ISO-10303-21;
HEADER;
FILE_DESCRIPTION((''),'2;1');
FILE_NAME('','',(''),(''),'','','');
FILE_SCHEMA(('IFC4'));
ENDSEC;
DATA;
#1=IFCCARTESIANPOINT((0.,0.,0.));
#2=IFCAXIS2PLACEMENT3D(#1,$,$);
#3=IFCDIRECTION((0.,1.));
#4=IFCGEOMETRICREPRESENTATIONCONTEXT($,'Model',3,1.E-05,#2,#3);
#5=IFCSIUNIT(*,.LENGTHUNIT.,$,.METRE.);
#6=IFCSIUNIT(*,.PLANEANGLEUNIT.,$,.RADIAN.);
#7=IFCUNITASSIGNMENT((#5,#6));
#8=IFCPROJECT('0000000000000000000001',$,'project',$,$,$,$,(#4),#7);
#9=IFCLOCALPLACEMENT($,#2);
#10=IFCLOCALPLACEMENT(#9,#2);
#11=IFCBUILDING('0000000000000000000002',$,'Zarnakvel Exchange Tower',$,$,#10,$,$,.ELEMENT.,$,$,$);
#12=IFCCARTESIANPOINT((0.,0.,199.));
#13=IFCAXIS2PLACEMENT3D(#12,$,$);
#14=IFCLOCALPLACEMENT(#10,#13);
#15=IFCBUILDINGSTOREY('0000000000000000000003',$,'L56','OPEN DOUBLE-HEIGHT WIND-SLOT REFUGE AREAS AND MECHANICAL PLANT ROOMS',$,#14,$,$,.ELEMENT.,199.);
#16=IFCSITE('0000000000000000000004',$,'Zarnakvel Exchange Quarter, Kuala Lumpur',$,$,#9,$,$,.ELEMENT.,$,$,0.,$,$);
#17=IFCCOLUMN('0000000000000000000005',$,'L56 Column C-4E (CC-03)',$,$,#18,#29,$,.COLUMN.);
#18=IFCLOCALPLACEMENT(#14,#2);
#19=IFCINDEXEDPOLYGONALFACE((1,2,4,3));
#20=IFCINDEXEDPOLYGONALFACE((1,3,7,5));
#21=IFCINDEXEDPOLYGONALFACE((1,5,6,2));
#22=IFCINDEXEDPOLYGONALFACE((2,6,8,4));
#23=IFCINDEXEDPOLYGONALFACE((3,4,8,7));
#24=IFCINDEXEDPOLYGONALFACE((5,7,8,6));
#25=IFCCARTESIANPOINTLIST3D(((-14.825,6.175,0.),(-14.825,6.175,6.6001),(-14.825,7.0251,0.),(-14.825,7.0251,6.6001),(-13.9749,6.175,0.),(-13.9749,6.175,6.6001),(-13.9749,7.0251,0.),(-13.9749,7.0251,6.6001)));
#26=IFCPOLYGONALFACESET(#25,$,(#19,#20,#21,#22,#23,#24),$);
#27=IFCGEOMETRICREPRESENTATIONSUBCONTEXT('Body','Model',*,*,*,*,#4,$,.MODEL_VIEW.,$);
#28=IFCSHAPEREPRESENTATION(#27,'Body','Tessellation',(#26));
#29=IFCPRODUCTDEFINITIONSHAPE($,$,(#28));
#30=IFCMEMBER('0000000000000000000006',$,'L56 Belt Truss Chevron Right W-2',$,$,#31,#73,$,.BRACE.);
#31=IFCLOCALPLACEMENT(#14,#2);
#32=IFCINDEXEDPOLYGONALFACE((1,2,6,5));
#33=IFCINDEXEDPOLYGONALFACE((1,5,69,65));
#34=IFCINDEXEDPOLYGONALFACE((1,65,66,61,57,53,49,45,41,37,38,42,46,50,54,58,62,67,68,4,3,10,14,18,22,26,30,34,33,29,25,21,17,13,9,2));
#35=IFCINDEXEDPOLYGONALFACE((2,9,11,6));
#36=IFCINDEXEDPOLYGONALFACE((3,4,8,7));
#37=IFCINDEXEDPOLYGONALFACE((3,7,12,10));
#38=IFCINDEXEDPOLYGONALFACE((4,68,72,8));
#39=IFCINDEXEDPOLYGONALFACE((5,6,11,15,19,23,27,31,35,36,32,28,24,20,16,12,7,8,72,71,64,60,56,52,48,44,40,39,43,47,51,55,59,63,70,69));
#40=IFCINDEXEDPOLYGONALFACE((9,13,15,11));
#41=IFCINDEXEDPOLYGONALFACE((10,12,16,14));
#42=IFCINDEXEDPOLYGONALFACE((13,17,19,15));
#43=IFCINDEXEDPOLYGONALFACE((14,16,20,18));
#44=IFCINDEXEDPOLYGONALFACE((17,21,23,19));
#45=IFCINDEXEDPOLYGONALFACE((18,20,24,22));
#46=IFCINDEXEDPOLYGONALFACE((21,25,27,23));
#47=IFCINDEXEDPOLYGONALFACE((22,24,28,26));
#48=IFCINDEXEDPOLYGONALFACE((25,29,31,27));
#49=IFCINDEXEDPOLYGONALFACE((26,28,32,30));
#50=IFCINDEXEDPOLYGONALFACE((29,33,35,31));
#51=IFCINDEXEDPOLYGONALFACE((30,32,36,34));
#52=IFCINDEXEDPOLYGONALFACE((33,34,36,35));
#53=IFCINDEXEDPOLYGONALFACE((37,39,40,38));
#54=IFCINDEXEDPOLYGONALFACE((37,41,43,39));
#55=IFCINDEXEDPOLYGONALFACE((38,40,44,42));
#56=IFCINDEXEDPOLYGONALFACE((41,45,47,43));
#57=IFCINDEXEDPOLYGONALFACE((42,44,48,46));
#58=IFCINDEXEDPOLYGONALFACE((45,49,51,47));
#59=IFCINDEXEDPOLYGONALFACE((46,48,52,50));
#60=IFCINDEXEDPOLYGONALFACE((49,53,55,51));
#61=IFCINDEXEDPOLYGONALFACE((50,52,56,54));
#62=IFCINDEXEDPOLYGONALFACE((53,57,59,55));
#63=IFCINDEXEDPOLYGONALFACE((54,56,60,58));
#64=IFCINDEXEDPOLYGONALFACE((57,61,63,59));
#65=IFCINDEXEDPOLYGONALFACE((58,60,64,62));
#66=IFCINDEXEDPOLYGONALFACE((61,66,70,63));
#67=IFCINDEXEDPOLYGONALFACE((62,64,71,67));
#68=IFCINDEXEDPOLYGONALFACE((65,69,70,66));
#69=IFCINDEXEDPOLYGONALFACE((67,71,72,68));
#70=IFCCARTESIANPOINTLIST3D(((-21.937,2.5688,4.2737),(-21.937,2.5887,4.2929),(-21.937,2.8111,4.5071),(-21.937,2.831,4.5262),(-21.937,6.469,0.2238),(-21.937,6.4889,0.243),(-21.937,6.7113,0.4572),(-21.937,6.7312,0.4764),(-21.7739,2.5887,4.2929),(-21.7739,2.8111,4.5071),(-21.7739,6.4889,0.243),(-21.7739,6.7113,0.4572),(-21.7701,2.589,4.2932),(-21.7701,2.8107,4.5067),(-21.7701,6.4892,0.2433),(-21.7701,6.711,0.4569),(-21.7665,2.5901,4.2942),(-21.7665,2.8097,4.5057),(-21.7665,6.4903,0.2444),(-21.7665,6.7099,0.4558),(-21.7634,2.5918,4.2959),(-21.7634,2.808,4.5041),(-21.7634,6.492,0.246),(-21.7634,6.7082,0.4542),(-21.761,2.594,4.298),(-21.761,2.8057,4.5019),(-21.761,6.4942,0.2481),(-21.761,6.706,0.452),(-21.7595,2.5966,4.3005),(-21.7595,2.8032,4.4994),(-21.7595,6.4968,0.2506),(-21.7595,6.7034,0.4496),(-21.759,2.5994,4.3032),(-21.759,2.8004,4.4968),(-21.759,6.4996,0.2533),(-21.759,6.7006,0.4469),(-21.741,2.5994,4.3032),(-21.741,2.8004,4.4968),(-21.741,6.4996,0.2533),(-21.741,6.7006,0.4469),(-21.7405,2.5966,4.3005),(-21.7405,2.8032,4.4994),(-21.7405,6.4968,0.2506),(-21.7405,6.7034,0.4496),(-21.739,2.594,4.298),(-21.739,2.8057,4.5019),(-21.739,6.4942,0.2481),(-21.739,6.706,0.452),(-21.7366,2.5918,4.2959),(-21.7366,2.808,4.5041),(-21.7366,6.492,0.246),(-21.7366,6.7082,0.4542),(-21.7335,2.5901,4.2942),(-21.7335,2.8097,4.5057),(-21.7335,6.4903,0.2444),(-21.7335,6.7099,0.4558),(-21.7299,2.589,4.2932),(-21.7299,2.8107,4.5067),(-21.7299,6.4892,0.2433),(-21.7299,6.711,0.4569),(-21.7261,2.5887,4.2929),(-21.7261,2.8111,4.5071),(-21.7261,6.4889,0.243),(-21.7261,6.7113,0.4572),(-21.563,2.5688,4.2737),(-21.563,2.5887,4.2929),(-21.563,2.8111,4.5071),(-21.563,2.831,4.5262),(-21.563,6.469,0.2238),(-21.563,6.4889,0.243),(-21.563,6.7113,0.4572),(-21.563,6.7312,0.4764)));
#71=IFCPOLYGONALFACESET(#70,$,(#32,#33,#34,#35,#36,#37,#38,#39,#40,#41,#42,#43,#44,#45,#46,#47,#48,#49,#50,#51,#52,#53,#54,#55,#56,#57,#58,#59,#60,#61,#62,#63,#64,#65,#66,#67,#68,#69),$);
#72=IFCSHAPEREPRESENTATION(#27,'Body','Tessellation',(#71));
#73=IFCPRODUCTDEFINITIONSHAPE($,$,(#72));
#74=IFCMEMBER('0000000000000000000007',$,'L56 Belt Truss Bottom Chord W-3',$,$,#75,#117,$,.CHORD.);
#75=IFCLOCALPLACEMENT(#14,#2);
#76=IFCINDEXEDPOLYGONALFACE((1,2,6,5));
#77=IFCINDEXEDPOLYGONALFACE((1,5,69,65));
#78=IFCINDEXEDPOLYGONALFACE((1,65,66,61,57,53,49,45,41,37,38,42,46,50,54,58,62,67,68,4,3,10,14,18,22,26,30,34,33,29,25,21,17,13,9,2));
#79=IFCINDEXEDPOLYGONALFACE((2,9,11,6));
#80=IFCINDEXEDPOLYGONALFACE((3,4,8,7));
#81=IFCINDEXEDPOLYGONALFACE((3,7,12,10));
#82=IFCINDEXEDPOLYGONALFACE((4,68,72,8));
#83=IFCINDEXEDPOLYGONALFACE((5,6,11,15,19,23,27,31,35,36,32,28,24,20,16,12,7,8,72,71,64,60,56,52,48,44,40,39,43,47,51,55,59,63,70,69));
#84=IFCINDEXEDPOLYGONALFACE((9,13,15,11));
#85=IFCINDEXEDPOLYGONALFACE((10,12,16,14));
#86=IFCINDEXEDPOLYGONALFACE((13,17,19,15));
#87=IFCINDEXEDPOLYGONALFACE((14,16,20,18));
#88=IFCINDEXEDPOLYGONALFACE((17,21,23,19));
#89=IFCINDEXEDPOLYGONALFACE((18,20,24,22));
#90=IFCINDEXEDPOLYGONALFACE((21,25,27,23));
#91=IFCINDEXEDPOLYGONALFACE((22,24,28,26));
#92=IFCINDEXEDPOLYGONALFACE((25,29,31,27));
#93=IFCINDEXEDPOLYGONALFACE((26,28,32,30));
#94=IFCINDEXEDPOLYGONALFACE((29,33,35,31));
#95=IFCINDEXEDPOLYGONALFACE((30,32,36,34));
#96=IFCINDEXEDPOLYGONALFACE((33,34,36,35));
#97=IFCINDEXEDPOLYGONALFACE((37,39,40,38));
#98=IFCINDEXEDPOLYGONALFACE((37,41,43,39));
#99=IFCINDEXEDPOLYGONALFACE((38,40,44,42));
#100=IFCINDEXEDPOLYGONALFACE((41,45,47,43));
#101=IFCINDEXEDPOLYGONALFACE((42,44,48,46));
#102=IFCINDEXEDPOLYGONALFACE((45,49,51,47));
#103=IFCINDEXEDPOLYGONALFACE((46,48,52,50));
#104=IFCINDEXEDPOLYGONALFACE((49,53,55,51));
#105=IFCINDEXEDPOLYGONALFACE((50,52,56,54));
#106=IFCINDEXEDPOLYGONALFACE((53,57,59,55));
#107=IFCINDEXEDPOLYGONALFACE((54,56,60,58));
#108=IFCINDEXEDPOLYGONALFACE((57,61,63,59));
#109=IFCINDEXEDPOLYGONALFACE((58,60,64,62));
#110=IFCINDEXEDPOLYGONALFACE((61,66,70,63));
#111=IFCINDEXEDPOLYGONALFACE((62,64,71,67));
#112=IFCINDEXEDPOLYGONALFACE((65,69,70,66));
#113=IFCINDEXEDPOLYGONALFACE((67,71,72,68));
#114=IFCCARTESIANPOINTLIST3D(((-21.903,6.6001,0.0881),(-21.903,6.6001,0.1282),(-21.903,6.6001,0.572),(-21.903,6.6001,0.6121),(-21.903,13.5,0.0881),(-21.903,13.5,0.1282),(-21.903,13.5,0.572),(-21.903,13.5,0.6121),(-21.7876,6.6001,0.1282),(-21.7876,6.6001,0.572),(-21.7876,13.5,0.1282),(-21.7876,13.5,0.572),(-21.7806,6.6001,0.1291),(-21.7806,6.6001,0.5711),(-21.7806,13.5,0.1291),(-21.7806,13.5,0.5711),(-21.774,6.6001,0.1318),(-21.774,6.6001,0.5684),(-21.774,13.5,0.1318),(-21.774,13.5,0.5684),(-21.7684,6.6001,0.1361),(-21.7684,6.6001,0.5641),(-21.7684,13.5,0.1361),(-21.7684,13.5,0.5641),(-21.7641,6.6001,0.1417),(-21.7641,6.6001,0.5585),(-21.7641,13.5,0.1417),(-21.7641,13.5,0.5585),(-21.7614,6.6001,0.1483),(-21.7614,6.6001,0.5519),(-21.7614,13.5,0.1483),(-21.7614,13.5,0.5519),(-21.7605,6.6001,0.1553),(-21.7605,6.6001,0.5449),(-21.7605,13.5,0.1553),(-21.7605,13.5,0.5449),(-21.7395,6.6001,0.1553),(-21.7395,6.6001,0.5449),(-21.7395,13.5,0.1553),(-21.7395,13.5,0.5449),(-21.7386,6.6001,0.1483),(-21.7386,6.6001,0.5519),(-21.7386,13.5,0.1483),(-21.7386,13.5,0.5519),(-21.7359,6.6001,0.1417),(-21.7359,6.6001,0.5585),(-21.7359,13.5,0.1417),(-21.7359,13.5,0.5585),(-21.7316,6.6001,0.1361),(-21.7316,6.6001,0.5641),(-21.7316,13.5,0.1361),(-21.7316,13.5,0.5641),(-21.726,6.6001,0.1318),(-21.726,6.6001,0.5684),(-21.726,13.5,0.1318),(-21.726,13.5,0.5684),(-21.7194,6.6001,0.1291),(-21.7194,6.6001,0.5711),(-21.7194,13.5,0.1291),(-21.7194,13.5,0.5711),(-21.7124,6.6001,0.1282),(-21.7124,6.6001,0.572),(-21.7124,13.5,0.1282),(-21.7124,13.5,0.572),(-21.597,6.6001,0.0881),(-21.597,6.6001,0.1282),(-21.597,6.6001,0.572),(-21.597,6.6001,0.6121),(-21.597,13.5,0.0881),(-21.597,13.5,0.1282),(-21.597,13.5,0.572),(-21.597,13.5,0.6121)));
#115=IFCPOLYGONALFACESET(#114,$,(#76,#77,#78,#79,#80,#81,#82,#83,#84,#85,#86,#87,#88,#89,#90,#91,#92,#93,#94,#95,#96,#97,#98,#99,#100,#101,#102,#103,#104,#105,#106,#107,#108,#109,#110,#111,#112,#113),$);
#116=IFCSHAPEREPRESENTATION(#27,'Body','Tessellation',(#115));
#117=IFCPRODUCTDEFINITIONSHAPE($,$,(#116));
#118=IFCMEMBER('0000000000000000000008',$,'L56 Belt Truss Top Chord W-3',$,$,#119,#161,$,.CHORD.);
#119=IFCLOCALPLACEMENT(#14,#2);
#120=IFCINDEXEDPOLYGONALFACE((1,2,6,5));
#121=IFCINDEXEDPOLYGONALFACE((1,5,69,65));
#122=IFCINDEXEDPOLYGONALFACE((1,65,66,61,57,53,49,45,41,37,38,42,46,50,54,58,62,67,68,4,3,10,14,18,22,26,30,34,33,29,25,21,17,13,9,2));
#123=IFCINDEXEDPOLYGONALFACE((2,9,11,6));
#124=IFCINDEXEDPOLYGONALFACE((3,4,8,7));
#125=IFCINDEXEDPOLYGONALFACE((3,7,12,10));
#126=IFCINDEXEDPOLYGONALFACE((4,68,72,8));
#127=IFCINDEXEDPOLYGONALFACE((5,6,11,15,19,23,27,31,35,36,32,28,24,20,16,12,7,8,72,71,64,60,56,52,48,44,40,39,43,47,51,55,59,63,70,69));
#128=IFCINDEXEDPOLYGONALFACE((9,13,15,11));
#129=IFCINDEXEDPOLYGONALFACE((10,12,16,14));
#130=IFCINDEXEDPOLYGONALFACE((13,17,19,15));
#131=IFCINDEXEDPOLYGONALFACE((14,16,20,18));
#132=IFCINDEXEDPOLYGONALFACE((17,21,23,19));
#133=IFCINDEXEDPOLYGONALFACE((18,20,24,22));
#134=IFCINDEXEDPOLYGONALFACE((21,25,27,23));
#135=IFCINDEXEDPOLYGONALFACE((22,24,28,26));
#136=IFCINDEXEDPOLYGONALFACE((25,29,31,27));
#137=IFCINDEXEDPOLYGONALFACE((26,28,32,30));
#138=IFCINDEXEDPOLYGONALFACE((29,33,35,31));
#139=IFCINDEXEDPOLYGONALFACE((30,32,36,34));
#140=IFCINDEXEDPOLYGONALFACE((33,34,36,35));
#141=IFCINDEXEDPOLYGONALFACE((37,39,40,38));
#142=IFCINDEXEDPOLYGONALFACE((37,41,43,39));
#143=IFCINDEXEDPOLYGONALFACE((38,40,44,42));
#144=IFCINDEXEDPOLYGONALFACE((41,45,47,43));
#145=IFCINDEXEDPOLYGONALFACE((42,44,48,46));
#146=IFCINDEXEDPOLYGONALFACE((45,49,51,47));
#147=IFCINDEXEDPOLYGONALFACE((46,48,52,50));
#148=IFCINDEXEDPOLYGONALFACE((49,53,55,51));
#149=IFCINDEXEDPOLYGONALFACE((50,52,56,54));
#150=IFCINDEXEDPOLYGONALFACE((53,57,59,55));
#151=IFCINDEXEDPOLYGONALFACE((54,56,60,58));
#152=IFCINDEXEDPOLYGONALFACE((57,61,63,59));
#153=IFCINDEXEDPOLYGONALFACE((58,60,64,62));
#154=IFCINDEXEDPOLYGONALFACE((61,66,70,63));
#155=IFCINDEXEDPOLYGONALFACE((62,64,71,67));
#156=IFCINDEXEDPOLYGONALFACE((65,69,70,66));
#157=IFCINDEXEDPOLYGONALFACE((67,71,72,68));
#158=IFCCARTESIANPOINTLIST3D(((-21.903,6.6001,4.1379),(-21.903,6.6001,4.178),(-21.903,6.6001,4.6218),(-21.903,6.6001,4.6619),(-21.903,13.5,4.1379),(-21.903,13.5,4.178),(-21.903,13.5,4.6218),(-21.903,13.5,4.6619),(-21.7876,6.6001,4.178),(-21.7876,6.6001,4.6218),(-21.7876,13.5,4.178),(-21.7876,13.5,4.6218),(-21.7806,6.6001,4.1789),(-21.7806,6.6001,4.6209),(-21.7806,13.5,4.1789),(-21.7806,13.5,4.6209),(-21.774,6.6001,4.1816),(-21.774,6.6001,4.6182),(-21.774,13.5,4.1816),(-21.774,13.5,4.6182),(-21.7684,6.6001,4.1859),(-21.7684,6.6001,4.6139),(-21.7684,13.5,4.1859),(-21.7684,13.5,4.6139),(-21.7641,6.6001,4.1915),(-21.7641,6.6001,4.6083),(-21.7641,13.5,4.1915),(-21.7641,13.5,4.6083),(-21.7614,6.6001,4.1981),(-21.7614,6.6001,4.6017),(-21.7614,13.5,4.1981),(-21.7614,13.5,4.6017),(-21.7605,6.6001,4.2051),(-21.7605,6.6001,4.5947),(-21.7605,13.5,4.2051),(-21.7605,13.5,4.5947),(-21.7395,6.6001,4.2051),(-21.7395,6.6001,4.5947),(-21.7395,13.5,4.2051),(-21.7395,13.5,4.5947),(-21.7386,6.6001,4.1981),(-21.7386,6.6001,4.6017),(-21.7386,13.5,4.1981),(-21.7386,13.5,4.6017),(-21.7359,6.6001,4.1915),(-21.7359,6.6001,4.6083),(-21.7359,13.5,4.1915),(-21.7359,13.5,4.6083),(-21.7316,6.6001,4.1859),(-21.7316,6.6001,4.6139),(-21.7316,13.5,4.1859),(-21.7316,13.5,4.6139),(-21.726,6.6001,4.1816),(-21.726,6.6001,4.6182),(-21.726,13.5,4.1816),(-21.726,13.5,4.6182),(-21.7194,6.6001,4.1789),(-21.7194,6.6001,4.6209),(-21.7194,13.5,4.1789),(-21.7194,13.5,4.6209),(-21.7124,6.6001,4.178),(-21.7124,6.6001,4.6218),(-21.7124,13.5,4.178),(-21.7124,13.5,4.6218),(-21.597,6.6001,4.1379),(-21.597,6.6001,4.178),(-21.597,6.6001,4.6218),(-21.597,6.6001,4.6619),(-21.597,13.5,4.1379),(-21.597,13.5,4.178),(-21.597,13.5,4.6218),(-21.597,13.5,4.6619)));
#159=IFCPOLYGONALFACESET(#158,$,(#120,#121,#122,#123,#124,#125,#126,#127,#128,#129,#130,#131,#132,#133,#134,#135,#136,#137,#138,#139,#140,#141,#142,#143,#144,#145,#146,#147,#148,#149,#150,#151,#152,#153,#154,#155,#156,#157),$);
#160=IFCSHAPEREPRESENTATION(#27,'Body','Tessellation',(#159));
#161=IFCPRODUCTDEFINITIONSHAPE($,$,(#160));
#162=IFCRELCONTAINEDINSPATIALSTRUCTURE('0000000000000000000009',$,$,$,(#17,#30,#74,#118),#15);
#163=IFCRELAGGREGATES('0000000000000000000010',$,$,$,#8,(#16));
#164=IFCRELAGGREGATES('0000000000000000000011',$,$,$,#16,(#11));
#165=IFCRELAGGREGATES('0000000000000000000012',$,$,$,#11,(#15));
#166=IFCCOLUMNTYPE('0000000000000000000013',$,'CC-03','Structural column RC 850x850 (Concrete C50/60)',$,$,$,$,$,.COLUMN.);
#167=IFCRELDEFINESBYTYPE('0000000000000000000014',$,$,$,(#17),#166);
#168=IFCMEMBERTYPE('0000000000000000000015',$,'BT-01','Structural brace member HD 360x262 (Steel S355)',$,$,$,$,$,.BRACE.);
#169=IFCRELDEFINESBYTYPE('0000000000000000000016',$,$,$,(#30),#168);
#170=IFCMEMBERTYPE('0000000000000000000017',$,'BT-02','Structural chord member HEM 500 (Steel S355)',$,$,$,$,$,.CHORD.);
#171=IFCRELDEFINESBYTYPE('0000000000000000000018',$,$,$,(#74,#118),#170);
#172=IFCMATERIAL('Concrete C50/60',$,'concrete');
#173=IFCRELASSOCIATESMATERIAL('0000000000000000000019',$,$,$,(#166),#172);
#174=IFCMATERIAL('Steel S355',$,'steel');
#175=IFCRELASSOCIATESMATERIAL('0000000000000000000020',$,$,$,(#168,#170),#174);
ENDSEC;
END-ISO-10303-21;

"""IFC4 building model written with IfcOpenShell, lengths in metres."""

from ifc_helpers import new_model, si_unit, direction, frame, origin, origin_2d, place, context, subcontext, project, spatial, rectangle, i_section, extrude, source, transform, mapped, material, material_profile, profile_set, type_object, element, save


model = new_model("IFC4")

# Units and contexts
model_context = context("Model", 3, precision=1e-05, world=origin(), true_north=direction((0.0, 1.0)))
body_context = subcontext(model_context, "Body", "Model", "MODEL_VIEW")
ifc_project = project(units=[si_unit("LENGTHUNIT", "METRE"), si_unit("PLANEANGLEUNIT", "RADIAN")], contexts=[model_context])

# Site, building, storey
site_placement = place(None, origin())
site = spatial("IfcSite", under=ifc_project, at=site_placement, Name="Zarnakvel Exchange Quarter, Kuala Lumpur", CompositionType="ELEMENT", RefElevation=0.0)
building_placement = place(site_placement, origin())
building = spatial("IfcBuilding", under=site, at=building_placement, Name="Zarnakvel Exchange Tower", CompositionType="ELEMENT")
storey_placement = place(building_placement, frame((0.0, 0.0, 199.0)))
storey = spatial("IfcBuildingStorey", under=building, at=storey_placement, Name="L56", Description="OPEN DOUBLE-HEIGHT WIND-SLOT REFUGE AREAS AND MECHANICAL PLANT ROOMS", CompositionType="ELEMENT", Elevation=199.0)

# Column
ifc_material_1 = material(Name="Concrete C50/60", Category="concrete")
ifc_material_profile_1 = material_profile(ifc_material_1, rectangle(XDim=0.8501, YDim=0.8501, at=origin_2d()))
ifc_profile_set_1 = profile_set([ifc_material_profile_1], Name="Concrete C50/60")
column_type = type_object("IfcColumnType", Name="CC-03", Description="Structural column RC 850x850 (Concrete C50/60)", PredefinedType="COLUMN", material=ifc_profile_set_1)
column_placement = place(storey_placement, frame((-14.3999, 6.6001, 0.0), z_axis=(0.0, 0.0, 1.0), x_axis=(1.0, 0.0, 0.0)))
element("IfcColumn", 1, at=column_placement, inside=storey, type_object=column_type, Name="L56 Column C-4E (CC-03)", PredefinedType="COLUMN", context=body_context, shape_type="SweptSolid", body=[
    extrude(rectangle(XDim=0.8501, YDim=0.8501, at=origin_2d()), origin(), (0.0, 0.0, 1.0), 6.6001),
])

# Members
ifc_material_2 = material(Name="Steel S355", Category="steel")
ifc_material_profile_2 = material_profile(ifc_material_2, i_section(OverallWidth=0.374, OverallDepth=0.364, WebThickness=0.0181, FlangeThickness=0.0276, FilletRadius=0.0149, at=origin_2d()))
ifc_profile_set_2 = profile_set([ifc_material_profile_2], Name="Steel S355")
member_type_1 = type_object("IfcMemberType", Name="BT-01", Description="Structural brace member HD 360x262 (Steel S355)", PredefinedType="BRACE", material=ifc_profile_set_2)
shared_shape_1 = source(origin(), body_context, "Body", "SweptSolid", [
    extrude(i_section(OverallWidth=0.374, OverallDepth=0.364, WebThickness=0.0181, FlangeThickness=0.0276, FilletRadius=0.0149, at=origin_2d()), origin(), (0.0, 0.0, 1.0), 5.6226),
])
member_1_placement = place(storey_placement, frame((-21.75, 6.6001, 0.3501), z_axis=(0.0, -0.693673, 0.72029), x_axis=(1.0, 0.0, 0.0)))
element("IfcMember", 2, at=member_1_placement, inside=storey, type_object=member_type_1, Name="L56 Belt Truss Chevron Right W-2", PredefinedType="BRACE", context=body_context, shape_type="MappedRepresentation", body=[
    mapped(shared_shape_1, transform((0.0, 0.0, 0.0), x_axis=(1.0, 0.0, 0.0), y_axis=(0.0, 1.0, 0.0), z_axis=(0.0, 0.0, 1.0), scale=1.0)),
])
ifc_material_profile_3 = material_profile(ifc_material_2, i_section(OverallWidth=0.3059, OverallDepth=0.5239, WebThickness=0.021, FlangeThickness=0.04, FilletRadius=0.0271, at=origin_2d()))
ifc_profile_set_3 = profile_set([ifc_material_profile_3], Name="Steel S355")
member_type_2 = type_object("IfcMemberType", Name="BT-02", Description="Structural chord member HEM 500 (Steel S355)", PredefinedType="CHORD", material=ifc_profile_set_3)
shared_shape_2 = source(origin(), body_context, "Body", "SweptSolid", [
    extrude(i_section(OverallWidth=0.3059, OverallDepth=0.5239, WebThickness=0.021, FlangeThickness=0.04, FilletRadius=0.0271, at=origin_2d()), origin(), (0.0, 0.0, 1.0), 6.8999),
])
for number, where, z_axis, x_axis, name in (
    (3, (-21.75, 6.6001, 0.3501), (0.0, 1.0, 0.0), (-1.0, 0.0, 0.0), "L56 Belt Truss Bottom Chord W-3"),
    (4, (-21.75, 6.6001, 4.3999), (0.0, 1.0, 0.0), (-1.0, 0.0, 0.0), "L56 Belt Truss Top Chord W-3"),
):
    element("IfcMember", number, at=place(storey_placement, frame(where, z_axis=z_axis, x_axis=x_axis)), inside=storey, type_object=member_type_2, Name=name, PredefinedType="CHORD", context=body_context, shape_type="MappedRepresentation", body=[
        mapped(shared_shape_2, transform((0.0, 0.0, 0.0), x_axis=(1.0, 0.0, 0.0), y_axis=(0.0, 1.0, 0.0), z_axis=(0.0, 0.0, 1.0), scale=1.0)),
    ])

save(model, "model.ifc")
